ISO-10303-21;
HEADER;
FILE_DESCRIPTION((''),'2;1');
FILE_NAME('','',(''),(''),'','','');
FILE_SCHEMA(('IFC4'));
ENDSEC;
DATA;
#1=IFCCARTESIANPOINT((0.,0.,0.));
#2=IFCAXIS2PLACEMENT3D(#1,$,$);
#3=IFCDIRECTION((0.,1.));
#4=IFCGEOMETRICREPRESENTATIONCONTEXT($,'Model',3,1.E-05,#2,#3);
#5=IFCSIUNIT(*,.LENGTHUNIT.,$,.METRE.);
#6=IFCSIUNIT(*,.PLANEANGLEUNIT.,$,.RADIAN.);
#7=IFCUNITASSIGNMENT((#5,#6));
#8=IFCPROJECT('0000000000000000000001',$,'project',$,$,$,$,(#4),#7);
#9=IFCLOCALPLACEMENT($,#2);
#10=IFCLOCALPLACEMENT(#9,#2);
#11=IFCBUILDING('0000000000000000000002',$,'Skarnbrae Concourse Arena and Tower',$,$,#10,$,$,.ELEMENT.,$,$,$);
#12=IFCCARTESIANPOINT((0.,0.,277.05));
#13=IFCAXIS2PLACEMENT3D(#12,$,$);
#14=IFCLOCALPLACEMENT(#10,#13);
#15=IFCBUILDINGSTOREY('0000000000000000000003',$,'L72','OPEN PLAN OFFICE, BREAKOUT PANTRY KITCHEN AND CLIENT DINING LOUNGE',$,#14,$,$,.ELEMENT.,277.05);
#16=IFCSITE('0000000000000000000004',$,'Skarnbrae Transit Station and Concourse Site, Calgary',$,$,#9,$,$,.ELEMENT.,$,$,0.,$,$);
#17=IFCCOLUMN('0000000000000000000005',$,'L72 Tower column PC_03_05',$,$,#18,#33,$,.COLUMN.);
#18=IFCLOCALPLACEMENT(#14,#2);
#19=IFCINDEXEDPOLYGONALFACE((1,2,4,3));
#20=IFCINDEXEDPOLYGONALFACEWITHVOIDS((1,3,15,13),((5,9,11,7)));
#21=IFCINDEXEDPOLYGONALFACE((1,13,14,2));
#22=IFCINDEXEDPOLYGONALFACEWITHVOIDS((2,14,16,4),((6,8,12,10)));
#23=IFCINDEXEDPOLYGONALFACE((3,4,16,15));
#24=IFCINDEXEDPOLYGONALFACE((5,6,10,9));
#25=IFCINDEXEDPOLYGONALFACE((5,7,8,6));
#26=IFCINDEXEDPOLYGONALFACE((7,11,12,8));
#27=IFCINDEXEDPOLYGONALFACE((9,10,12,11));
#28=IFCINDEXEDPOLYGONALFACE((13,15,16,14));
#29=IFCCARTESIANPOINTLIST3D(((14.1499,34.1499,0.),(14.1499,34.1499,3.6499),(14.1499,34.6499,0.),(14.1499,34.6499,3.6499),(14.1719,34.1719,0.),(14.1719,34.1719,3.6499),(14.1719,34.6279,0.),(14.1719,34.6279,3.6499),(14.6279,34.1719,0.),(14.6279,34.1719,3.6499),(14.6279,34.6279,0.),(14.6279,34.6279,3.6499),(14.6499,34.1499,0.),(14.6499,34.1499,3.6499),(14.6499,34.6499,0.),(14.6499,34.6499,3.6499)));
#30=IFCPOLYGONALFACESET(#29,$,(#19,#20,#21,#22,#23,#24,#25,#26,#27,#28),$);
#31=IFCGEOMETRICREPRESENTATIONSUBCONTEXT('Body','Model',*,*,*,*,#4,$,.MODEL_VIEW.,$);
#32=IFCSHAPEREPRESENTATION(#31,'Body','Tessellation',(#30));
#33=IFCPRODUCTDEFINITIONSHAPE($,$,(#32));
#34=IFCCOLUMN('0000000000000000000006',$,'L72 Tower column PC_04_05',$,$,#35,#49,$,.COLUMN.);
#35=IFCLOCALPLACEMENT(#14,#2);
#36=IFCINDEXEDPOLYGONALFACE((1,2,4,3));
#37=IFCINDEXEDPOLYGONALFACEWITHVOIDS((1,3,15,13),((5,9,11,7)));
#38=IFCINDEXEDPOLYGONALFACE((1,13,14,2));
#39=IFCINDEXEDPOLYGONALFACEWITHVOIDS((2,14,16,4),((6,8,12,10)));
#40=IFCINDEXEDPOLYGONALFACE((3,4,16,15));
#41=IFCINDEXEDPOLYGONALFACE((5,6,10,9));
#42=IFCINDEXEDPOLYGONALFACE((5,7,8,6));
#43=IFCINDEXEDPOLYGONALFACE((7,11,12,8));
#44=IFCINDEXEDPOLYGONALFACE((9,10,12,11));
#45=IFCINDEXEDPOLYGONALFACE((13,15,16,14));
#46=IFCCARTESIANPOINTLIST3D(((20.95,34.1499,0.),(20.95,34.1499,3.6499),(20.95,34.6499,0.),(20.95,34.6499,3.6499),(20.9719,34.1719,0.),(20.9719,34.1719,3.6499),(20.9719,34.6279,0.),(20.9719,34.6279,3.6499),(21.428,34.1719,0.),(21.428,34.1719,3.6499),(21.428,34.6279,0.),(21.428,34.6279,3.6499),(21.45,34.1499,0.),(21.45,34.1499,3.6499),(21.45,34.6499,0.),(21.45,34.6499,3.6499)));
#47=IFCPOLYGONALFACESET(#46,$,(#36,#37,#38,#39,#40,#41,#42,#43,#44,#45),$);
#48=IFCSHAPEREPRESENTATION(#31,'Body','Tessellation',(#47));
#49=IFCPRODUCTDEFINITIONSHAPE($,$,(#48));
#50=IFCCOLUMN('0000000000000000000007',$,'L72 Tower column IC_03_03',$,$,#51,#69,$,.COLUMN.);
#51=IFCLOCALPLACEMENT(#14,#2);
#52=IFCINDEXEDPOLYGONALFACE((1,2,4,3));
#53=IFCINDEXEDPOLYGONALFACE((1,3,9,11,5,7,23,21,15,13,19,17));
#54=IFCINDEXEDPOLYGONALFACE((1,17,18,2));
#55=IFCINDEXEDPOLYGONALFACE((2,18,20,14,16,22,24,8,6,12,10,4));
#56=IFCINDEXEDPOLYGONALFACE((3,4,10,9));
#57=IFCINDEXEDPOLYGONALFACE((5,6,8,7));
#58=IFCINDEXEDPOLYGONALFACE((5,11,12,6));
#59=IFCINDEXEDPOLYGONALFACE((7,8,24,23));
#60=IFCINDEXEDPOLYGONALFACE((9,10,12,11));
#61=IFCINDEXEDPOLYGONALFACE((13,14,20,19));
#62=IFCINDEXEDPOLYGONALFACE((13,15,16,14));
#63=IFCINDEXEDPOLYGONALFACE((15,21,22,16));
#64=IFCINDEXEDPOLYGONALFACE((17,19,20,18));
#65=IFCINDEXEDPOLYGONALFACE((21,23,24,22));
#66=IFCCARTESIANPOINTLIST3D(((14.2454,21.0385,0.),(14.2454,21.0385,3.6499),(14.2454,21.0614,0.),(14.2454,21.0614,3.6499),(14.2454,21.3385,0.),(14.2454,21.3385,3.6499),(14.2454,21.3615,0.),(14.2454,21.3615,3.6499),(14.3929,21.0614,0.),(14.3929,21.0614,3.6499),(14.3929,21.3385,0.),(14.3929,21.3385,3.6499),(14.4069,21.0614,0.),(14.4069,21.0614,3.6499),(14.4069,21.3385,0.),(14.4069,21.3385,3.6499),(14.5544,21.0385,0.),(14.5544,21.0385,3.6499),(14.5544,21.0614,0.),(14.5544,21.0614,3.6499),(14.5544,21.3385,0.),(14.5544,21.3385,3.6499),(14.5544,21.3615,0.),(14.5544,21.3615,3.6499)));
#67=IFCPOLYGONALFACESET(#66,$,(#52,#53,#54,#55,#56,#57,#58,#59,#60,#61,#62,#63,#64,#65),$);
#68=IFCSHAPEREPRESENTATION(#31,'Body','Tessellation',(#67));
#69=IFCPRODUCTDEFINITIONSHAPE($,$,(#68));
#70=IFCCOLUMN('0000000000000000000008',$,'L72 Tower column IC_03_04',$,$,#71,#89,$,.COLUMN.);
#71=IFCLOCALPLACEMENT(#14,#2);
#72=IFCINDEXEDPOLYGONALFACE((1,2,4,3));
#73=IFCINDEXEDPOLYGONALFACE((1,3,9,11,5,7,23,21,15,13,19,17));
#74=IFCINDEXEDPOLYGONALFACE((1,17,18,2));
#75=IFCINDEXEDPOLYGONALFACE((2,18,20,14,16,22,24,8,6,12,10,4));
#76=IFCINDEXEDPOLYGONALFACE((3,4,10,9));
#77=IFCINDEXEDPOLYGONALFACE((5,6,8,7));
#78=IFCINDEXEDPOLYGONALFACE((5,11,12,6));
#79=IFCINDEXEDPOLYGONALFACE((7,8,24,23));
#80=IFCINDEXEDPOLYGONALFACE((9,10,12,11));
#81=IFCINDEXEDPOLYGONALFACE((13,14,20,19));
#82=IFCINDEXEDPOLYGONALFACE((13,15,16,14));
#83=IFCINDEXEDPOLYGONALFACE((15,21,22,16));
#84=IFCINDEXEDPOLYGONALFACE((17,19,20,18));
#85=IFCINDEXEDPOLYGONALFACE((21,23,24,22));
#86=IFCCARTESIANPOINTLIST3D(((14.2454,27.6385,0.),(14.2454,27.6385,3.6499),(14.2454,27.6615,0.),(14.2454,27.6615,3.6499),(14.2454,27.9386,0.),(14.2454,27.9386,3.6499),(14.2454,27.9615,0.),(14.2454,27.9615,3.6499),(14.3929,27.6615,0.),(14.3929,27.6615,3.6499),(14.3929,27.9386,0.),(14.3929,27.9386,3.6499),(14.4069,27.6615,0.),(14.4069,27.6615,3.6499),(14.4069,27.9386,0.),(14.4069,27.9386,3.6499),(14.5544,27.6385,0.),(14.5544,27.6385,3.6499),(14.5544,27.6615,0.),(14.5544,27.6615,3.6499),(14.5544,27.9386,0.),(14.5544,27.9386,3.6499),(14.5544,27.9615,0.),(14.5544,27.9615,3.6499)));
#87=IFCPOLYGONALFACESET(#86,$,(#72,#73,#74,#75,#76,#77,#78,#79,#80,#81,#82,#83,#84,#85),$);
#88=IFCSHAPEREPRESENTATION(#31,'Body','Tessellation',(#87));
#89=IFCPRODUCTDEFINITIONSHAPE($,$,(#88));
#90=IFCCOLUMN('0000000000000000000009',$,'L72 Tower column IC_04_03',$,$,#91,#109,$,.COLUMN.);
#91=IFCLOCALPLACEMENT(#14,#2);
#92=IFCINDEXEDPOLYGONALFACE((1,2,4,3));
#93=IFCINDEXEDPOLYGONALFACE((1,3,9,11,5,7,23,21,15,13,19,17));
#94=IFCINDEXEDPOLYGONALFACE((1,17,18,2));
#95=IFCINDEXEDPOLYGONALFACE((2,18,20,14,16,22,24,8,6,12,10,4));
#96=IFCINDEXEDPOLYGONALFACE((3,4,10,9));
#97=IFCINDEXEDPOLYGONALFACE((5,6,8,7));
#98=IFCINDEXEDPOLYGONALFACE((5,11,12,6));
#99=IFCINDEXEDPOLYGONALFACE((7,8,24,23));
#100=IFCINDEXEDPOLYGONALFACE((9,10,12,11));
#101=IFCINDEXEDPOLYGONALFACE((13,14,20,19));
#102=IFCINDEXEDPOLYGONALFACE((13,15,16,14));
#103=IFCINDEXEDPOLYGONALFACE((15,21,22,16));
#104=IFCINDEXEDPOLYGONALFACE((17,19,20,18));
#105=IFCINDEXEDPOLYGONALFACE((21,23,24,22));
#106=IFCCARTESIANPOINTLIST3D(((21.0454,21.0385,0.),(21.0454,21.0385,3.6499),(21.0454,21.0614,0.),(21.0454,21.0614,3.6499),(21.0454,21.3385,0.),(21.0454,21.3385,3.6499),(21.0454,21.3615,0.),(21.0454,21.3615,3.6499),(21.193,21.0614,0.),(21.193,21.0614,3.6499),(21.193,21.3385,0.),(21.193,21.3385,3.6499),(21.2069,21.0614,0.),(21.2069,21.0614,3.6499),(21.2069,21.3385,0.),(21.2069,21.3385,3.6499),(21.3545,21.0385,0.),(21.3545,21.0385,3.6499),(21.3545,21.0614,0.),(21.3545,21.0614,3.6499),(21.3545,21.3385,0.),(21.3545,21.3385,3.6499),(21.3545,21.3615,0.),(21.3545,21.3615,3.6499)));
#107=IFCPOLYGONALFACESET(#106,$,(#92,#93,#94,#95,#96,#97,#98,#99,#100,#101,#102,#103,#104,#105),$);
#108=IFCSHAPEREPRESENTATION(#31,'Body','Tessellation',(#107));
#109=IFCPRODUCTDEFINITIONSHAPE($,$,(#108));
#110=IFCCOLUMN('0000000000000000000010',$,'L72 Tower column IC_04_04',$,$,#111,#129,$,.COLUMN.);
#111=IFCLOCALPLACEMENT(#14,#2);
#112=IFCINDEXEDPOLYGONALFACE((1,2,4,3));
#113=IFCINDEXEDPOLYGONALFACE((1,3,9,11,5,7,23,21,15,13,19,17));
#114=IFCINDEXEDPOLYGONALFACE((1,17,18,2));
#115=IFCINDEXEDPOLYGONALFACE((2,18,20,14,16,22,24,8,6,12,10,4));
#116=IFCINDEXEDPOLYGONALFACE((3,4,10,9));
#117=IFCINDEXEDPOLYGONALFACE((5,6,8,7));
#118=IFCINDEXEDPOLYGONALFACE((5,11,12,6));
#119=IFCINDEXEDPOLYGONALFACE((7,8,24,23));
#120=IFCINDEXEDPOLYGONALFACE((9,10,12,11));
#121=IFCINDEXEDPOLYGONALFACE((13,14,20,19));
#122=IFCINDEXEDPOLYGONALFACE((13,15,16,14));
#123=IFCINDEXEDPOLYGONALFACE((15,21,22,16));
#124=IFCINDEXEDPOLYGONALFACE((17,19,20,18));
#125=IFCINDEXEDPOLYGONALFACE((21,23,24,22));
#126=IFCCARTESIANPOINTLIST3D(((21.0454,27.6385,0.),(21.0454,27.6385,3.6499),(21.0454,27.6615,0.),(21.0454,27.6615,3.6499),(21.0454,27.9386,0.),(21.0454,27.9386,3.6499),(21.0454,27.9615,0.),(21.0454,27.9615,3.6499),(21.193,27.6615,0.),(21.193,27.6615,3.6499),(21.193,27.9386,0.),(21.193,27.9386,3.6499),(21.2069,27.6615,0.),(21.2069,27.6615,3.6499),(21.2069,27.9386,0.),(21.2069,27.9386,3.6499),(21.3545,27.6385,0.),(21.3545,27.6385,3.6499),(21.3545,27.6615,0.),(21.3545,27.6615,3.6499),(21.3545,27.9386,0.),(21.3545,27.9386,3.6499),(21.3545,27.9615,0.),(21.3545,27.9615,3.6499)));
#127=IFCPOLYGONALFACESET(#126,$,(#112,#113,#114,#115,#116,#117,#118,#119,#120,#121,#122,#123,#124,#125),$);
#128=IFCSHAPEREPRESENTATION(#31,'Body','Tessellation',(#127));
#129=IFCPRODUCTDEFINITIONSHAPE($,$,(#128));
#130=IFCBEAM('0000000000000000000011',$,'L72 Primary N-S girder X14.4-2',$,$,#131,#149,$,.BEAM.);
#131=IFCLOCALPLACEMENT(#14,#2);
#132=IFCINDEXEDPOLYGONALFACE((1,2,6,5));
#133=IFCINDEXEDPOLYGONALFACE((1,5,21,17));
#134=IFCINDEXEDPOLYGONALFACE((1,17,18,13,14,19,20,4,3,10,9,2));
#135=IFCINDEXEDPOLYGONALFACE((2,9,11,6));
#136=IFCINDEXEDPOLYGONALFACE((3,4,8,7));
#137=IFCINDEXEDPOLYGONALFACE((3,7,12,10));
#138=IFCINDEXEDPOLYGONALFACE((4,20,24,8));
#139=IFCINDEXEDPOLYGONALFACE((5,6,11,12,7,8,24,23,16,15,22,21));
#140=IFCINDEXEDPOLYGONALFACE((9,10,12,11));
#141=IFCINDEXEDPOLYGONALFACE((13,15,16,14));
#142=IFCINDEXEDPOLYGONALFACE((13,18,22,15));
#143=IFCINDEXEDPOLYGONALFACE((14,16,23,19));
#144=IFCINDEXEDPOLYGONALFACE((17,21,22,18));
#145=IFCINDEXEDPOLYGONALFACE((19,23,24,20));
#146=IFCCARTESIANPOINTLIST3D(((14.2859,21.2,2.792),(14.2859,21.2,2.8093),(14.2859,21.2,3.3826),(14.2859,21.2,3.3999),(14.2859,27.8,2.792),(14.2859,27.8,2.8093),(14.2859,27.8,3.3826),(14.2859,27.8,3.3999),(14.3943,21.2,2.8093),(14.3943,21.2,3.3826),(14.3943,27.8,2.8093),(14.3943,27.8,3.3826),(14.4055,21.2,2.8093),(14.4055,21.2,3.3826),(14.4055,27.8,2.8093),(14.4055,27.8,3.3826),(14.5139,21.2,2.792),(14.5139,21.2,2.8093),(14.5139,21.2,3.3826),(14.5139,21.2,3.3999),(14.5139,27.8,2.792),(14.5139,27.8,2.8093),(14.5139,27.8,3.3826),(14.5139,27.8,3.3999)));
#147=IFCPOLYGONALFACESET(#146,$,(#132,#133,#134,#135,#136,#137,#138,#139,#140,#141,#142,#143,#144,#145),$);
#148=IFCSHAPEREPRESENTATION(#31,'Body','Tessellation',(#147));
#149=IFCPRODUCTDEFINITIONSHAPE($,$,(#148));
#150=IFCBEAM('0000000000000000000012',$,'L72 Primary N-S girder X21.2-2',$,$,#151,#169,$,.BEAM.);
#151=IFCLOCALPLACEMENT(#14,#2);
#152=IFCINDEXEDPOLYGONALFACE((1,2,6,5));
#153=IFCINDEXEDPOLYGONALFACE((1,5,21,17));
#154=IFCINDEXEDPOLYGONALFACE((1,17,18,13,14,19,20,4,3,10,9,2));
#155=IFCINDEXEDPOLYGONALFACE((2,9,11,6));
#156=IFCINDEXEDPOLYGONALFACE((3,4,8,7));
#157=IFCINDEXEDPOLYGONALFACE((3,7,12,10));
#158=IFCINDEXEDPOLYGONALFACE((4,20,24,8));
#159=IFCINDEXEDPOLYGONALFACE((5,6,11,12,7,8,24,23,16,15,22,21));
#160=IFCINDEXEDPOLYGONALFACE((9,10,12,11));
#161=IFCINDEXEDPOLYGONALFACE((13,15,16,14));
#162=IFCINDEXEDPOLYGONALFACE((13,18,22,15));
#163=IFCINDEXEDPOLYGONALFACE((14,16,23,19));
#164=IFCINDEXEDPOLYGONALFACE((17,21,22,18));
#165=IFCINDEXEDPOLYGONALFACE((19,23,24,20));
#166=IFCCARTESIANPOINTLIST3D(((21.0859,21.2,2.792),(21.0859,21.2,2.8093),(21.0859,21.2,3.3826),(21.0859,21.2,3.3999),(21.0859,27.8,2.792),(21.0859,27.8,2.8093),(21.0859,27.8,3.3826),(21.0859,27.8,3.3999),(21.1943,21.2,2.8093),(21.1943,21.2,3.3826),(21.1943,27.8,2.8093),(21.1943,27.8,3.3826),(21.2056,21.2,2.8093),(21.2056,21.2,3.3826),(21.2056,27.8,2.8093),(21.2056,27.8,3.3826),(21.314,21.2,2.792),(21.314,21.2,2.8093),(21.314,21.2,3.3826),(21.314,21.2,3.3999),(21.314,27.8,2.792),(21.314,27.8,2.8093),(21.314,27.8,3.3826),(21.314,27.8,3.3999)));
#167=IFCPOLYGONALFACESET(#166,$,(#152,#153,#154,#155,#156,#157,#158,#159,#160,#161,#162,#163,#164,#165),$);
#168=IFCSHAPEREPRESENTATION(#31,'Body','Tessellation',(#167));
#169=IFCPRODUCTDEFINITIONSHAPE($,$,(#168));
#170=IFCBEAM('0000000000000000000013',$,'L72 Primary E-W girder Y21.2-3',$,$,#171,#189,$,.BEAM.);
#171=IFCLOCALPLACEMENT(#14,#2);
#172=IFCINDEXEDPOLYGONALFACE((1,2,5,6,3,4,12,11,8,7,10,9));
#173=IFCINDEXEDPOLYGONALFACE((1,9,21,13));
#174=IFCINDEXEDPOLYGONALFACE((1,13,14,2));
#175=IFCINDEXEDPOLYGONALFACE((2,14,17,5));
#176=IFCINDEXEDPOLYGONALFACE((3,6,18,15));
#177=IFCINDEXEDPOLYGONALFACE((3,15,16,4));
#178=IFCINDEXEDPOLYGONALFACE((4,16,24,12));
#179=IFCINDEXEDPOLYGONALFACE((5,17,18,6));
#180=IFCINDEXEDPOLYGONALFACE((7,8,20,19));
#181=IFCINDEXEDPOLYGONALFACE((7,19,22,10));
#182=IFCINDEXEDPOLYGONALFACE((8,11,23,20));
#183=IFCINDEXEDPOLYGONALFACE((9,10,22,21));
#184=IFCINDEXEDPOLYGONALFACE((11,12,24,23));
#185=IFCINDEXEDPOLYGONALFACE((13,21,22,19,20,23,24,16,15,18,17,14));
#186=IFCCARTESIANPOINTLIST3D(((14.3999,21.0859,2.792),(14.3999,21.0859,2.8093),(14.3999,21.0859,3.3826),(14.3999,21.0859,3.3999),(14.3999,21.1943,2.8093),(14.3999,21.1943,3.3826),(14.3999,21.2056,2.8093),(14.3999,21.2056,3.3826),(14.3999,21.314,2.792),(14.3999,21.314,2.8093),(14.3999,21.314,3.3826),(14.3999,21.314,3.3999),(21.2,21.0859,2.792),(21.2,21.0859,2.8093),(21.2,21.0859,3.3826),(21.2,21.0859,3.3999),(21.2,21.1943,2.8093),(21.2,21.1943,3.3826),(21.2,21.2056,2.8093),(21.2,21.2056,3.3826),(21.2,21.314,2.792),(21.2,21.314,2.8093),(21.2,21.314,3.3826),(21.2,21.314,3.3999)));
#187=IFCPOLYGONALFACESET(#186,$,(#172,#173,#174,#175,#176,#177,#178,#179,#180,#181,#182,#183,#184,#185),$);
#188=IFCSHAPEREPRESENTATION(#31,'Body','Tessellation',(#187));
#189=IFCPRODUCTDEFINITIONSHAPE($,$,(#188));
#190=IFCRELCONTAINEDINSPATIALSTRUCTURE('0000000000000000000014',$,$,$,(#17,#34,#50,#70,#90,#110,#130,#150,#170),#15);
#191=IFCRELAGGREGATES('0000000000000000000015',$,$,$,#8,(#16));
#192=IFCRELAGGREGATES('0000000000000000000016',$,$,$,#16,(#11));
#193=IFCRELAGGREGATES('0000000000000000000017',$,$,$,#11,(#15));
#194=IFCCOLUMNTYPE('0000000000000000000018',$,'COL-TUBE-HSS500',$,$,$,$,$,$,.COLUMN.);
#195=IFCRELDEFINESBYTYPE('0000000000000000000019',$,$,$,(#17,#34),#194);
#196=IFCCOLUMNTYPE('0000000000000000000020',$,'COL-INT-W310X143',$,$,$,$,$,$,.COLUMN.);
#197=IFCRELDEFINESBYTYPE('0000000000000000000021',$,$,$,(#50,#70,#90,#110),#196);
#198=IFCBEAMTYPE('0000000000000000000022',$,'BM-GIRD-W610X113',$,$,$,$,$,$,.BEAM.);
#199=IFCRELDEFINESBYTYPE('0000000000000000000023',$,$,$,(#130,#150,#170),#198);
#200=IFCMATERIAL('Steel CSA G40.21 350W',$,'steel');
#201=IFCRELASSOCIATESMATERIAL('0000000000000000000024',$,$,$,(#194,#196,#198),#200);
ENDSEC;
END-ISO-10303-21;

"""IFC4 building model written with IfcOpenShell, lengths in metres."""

from ifc_helpers import new_model, si_unit, direction, frame, origin, origin_2d, place, context, subcontext, project, spatial, hollow_rectangle, i_section, extrude, source, transform, mapped, material, material_profile, profile_set, type_object, element, save


model = new_model("IFC4")

# Units and contexts
model_context = context("Model", 3, precision=1e-05, world=origin(), true_north=direction((0.0, 1.0)))
body_context = subcontext(model_context, "Body", "Model", "MODEL_VIEW")
ifc_project = project(units=[si_unit("LENGTHUNIT", "METRE"), si_unit("PLANEANGLEUNIT", "RADIAN")], contexts=[model_context])

# Site, building, storey
site_placement = place(None, origin())
site = spatial("IfcSite", under=ifc_project, at=site_placement, Name="Skarnbrae Transit Station and Concourse Site, Calgary", CompositionType="ELEMENT", RefElevation=0.0)
building_placement = place(site_placement, origin())
building = spatial("IfcBuilding", under=site, at=building_placement, Name="Skarnbrae Concourse Arena and Tower", CompositionType="ELEMENT")
storey_placement = place(building_placement, frame((0.0, 0.0, 277.05)))
storey = spatial("IfcBuildingStorey", under=building, at=storey_placement, Name="L72", Description="OPEN PLAN OFFICE, BREAKOUT PANTRY KITCHEN AND CLIENT DINING LOUNGE", CompositionType="ELEMENT", Elevation=277.05)

# Columns
ifc_material_1 = material(Name="Steel CSA G40.21 350W", Category="steel")
ifc_material_profile_1 = material_profile(ifc_material_1, hollow_rectangle(XDim=0.5, YDim=0.5, WallThickness=0.022, at=origin_2d()), Name="HSS500X500X22.0")
ifc_profile_set_1 = profile_set([ifc_material_profile_1], Name="Steel CSA G40.21 350W")
column_type_1 = type_object("IfcColumnType", Name="COL-TUBE-HSS500", PredefinedType="COLUMN", material=ifc_profile_set_1)
shared_shape_1 = source(origin(), body_context, "Body", "SweptSolid", [
    extrude(hollow_rectangle(XDim=0.5, YDim=0.5, WallThickness=0.022, at=origin_2d()), origin(), (0.0, 0.0, 1.0), 3.6499),
])
for number, where, z_axis, x_axis, name in (
    (1, (14.3999, 34.3999, 0.0), (0.0, 0.0, 1.0), (1.0, 0.0, 0.0), "L72 Tower column PC_03_05"),
    (2, (21.2, 34.3999, 0.0), (0.0, 0.0, 1.0), (1.0, 0.0, 0.0), "L72 Tower column PC_04_05"),
):
    element("IfcColumn", number, at=place(storey_placement, frame(where, z_axis=z_axis, x_axis=x_axis)), inside=storey, type_object=column_type_1, Name=name, PredefinedType="COLUMN", context=body_context, shape_type="MappedRepresentation", body=[
        mapped(shared_shape_1, transform((0.0, 0.0, 0.0))),
    ])
ifc_material_profile_2 = material_profile(ifc_material_1, i_section(OverallWidth=0.3091, OverallDepth=0.323, WebThickness=0.0139, FlangeThickness=0.0229, at=origin_2d()), Name="W310X143")
ifc_profile_set_2 = profile_set([ifc_material_profile_2], Name="Steel CSA G40.21 350W")
column_type_2 = type_object("IfcColumnType", Name="COL-INT-W310X143", PredefinedType="COLUMN", material=ifc_profile_set_2)
shared_shape_2 = source(origin(), body_context, "Body", "SweptSolid", [
    extrude(i_section(OverallWidth=0.3091, OverallDepth=0.323, WebThickness=0.0139, FlangeThickness=0.0229, at=origin_2d()), origin(), (0.0, 0.0, 1.0), 3.6499),
])
for number, where, z_axis, x_axis, name in (
    (3, (14.3999, 21.2, 0.0), (0.0, 0.0, 1.0), (1.0, 0.0, 0.0), "L72 Tower column IC_03_03"),
    (4, (14.3999, 27.8, 0.0), (0.0, 0.0, 1.0), (1.0, 0.0, 0.0), "L72 Tower column IC_03_04"),
    (5, (21.2, 21.2, 0.0), (0.0, 0.0, 1.0), (1.0, 0.0, 0.0), "L72 Tower column IC_04_03"),
    (6, (21.2, 27.8, 0.0), (0.0, 0.0, 1.0), (1.0, 0.0, 0.0), "L72 Tower column IC_04_04"),
):
    element("IfcColumn", number, at=place(storey_placement, frame(where, z_axis=z_axis, x_axis=x_axis)), inside=storey, type_object=column_type_2, Name=name, PredefinedType="COLUMN", context=body_context, shape_type="MappedRepresentation", body=[
        mapped(shared_shape_2, transform((0.0, 0.0, 0.0))),
    ])

# Beams
ifc_material_profile_3 = material_profile(ifc_material_1, i_section(OverallWidth=0.228, OverallDepth=0.6079, WebThickness=0.0112, FlangeThickness=0.0173, at=origin_2d()), Name="W610X113")
ifc_profile_set_3 = profile_set([ifc_material_profile_3], Name="Steel CSA G40.21 350W")
beam_type_1 = type_object("IfcBeamType", Name="BM-GIRD-W610X113", PredefinedType="BEAM", material=ifc_profile_set_3)
shared_shape_3 = source(origin(), body_context, "Body", "SweptSolid", [
    extrude(i_section(OverallWidth=0.228, OverallDepth=0.6079, WebThickness=0.0112, FlangeThickness=0.0173, at=origin_2d()), origin(), (0.0, 0.0, 1.0), 6.6001),
])
for number, where, z_axis, x_axis, name in (
    (7, (14.3999, 21.2, 3.0959), (0.0, 1.0, 0.0), (-1.0, 0.0, 0.0), "L72 Primary N-S girder X14.4-2"),
    (8, (21.2, 21.2, 3.0959), (0.0, 1.0, 0.0), (-1.0, 0.0, 0.0), "L72 Primary N-S girder X21.2-2"),
):
    element("IfcBeam", number, at=place(storey_placement, frame(where, z_axis=z_axis, x_axis=x_axis)), inside=storey, type_object=beam_type_1, Name=name, PredefinedType="BEAM", context=body_context, shape_type="MappedRepresentation", body=[
        mapped(shared_shape_3, transform((0.0, 0.0, 0.0))),
    ])
shared_shape_4 = source(origin(), body_context, "Body", "SweptSolid", [
    extrude(i_section(OverallWidth=0.228, OverallDepth=0.6079, WebThickness=0.0112, FlangeThickness=0.0173, at=origin_2d()), origin(), (0.0, 0.0, 1.0), 6.8),
])
for number, where, z_axis, x_axis, name in (
    (9, (14.3999, 21.2, 3.0959), (1.0, 0.0, 0.0), (0.0, 1.0, 0.0), "L72 Primary E-W girder Y21.2-3"),
):
    element("IfcBeam", number, at=place(storey_placement, frame(where, z_axis=z_axis, x_axis=x_axis)), inside=storey, type_object=beam_type_1, Name=name, PredefinedType="BEAM", context=body_context, shape_type="MappedRepresentation", body=[
        mapped(shared_shape_4, transform((0.0, 0.0, 0.0))),
    ])

save(model, "model.ifc")
